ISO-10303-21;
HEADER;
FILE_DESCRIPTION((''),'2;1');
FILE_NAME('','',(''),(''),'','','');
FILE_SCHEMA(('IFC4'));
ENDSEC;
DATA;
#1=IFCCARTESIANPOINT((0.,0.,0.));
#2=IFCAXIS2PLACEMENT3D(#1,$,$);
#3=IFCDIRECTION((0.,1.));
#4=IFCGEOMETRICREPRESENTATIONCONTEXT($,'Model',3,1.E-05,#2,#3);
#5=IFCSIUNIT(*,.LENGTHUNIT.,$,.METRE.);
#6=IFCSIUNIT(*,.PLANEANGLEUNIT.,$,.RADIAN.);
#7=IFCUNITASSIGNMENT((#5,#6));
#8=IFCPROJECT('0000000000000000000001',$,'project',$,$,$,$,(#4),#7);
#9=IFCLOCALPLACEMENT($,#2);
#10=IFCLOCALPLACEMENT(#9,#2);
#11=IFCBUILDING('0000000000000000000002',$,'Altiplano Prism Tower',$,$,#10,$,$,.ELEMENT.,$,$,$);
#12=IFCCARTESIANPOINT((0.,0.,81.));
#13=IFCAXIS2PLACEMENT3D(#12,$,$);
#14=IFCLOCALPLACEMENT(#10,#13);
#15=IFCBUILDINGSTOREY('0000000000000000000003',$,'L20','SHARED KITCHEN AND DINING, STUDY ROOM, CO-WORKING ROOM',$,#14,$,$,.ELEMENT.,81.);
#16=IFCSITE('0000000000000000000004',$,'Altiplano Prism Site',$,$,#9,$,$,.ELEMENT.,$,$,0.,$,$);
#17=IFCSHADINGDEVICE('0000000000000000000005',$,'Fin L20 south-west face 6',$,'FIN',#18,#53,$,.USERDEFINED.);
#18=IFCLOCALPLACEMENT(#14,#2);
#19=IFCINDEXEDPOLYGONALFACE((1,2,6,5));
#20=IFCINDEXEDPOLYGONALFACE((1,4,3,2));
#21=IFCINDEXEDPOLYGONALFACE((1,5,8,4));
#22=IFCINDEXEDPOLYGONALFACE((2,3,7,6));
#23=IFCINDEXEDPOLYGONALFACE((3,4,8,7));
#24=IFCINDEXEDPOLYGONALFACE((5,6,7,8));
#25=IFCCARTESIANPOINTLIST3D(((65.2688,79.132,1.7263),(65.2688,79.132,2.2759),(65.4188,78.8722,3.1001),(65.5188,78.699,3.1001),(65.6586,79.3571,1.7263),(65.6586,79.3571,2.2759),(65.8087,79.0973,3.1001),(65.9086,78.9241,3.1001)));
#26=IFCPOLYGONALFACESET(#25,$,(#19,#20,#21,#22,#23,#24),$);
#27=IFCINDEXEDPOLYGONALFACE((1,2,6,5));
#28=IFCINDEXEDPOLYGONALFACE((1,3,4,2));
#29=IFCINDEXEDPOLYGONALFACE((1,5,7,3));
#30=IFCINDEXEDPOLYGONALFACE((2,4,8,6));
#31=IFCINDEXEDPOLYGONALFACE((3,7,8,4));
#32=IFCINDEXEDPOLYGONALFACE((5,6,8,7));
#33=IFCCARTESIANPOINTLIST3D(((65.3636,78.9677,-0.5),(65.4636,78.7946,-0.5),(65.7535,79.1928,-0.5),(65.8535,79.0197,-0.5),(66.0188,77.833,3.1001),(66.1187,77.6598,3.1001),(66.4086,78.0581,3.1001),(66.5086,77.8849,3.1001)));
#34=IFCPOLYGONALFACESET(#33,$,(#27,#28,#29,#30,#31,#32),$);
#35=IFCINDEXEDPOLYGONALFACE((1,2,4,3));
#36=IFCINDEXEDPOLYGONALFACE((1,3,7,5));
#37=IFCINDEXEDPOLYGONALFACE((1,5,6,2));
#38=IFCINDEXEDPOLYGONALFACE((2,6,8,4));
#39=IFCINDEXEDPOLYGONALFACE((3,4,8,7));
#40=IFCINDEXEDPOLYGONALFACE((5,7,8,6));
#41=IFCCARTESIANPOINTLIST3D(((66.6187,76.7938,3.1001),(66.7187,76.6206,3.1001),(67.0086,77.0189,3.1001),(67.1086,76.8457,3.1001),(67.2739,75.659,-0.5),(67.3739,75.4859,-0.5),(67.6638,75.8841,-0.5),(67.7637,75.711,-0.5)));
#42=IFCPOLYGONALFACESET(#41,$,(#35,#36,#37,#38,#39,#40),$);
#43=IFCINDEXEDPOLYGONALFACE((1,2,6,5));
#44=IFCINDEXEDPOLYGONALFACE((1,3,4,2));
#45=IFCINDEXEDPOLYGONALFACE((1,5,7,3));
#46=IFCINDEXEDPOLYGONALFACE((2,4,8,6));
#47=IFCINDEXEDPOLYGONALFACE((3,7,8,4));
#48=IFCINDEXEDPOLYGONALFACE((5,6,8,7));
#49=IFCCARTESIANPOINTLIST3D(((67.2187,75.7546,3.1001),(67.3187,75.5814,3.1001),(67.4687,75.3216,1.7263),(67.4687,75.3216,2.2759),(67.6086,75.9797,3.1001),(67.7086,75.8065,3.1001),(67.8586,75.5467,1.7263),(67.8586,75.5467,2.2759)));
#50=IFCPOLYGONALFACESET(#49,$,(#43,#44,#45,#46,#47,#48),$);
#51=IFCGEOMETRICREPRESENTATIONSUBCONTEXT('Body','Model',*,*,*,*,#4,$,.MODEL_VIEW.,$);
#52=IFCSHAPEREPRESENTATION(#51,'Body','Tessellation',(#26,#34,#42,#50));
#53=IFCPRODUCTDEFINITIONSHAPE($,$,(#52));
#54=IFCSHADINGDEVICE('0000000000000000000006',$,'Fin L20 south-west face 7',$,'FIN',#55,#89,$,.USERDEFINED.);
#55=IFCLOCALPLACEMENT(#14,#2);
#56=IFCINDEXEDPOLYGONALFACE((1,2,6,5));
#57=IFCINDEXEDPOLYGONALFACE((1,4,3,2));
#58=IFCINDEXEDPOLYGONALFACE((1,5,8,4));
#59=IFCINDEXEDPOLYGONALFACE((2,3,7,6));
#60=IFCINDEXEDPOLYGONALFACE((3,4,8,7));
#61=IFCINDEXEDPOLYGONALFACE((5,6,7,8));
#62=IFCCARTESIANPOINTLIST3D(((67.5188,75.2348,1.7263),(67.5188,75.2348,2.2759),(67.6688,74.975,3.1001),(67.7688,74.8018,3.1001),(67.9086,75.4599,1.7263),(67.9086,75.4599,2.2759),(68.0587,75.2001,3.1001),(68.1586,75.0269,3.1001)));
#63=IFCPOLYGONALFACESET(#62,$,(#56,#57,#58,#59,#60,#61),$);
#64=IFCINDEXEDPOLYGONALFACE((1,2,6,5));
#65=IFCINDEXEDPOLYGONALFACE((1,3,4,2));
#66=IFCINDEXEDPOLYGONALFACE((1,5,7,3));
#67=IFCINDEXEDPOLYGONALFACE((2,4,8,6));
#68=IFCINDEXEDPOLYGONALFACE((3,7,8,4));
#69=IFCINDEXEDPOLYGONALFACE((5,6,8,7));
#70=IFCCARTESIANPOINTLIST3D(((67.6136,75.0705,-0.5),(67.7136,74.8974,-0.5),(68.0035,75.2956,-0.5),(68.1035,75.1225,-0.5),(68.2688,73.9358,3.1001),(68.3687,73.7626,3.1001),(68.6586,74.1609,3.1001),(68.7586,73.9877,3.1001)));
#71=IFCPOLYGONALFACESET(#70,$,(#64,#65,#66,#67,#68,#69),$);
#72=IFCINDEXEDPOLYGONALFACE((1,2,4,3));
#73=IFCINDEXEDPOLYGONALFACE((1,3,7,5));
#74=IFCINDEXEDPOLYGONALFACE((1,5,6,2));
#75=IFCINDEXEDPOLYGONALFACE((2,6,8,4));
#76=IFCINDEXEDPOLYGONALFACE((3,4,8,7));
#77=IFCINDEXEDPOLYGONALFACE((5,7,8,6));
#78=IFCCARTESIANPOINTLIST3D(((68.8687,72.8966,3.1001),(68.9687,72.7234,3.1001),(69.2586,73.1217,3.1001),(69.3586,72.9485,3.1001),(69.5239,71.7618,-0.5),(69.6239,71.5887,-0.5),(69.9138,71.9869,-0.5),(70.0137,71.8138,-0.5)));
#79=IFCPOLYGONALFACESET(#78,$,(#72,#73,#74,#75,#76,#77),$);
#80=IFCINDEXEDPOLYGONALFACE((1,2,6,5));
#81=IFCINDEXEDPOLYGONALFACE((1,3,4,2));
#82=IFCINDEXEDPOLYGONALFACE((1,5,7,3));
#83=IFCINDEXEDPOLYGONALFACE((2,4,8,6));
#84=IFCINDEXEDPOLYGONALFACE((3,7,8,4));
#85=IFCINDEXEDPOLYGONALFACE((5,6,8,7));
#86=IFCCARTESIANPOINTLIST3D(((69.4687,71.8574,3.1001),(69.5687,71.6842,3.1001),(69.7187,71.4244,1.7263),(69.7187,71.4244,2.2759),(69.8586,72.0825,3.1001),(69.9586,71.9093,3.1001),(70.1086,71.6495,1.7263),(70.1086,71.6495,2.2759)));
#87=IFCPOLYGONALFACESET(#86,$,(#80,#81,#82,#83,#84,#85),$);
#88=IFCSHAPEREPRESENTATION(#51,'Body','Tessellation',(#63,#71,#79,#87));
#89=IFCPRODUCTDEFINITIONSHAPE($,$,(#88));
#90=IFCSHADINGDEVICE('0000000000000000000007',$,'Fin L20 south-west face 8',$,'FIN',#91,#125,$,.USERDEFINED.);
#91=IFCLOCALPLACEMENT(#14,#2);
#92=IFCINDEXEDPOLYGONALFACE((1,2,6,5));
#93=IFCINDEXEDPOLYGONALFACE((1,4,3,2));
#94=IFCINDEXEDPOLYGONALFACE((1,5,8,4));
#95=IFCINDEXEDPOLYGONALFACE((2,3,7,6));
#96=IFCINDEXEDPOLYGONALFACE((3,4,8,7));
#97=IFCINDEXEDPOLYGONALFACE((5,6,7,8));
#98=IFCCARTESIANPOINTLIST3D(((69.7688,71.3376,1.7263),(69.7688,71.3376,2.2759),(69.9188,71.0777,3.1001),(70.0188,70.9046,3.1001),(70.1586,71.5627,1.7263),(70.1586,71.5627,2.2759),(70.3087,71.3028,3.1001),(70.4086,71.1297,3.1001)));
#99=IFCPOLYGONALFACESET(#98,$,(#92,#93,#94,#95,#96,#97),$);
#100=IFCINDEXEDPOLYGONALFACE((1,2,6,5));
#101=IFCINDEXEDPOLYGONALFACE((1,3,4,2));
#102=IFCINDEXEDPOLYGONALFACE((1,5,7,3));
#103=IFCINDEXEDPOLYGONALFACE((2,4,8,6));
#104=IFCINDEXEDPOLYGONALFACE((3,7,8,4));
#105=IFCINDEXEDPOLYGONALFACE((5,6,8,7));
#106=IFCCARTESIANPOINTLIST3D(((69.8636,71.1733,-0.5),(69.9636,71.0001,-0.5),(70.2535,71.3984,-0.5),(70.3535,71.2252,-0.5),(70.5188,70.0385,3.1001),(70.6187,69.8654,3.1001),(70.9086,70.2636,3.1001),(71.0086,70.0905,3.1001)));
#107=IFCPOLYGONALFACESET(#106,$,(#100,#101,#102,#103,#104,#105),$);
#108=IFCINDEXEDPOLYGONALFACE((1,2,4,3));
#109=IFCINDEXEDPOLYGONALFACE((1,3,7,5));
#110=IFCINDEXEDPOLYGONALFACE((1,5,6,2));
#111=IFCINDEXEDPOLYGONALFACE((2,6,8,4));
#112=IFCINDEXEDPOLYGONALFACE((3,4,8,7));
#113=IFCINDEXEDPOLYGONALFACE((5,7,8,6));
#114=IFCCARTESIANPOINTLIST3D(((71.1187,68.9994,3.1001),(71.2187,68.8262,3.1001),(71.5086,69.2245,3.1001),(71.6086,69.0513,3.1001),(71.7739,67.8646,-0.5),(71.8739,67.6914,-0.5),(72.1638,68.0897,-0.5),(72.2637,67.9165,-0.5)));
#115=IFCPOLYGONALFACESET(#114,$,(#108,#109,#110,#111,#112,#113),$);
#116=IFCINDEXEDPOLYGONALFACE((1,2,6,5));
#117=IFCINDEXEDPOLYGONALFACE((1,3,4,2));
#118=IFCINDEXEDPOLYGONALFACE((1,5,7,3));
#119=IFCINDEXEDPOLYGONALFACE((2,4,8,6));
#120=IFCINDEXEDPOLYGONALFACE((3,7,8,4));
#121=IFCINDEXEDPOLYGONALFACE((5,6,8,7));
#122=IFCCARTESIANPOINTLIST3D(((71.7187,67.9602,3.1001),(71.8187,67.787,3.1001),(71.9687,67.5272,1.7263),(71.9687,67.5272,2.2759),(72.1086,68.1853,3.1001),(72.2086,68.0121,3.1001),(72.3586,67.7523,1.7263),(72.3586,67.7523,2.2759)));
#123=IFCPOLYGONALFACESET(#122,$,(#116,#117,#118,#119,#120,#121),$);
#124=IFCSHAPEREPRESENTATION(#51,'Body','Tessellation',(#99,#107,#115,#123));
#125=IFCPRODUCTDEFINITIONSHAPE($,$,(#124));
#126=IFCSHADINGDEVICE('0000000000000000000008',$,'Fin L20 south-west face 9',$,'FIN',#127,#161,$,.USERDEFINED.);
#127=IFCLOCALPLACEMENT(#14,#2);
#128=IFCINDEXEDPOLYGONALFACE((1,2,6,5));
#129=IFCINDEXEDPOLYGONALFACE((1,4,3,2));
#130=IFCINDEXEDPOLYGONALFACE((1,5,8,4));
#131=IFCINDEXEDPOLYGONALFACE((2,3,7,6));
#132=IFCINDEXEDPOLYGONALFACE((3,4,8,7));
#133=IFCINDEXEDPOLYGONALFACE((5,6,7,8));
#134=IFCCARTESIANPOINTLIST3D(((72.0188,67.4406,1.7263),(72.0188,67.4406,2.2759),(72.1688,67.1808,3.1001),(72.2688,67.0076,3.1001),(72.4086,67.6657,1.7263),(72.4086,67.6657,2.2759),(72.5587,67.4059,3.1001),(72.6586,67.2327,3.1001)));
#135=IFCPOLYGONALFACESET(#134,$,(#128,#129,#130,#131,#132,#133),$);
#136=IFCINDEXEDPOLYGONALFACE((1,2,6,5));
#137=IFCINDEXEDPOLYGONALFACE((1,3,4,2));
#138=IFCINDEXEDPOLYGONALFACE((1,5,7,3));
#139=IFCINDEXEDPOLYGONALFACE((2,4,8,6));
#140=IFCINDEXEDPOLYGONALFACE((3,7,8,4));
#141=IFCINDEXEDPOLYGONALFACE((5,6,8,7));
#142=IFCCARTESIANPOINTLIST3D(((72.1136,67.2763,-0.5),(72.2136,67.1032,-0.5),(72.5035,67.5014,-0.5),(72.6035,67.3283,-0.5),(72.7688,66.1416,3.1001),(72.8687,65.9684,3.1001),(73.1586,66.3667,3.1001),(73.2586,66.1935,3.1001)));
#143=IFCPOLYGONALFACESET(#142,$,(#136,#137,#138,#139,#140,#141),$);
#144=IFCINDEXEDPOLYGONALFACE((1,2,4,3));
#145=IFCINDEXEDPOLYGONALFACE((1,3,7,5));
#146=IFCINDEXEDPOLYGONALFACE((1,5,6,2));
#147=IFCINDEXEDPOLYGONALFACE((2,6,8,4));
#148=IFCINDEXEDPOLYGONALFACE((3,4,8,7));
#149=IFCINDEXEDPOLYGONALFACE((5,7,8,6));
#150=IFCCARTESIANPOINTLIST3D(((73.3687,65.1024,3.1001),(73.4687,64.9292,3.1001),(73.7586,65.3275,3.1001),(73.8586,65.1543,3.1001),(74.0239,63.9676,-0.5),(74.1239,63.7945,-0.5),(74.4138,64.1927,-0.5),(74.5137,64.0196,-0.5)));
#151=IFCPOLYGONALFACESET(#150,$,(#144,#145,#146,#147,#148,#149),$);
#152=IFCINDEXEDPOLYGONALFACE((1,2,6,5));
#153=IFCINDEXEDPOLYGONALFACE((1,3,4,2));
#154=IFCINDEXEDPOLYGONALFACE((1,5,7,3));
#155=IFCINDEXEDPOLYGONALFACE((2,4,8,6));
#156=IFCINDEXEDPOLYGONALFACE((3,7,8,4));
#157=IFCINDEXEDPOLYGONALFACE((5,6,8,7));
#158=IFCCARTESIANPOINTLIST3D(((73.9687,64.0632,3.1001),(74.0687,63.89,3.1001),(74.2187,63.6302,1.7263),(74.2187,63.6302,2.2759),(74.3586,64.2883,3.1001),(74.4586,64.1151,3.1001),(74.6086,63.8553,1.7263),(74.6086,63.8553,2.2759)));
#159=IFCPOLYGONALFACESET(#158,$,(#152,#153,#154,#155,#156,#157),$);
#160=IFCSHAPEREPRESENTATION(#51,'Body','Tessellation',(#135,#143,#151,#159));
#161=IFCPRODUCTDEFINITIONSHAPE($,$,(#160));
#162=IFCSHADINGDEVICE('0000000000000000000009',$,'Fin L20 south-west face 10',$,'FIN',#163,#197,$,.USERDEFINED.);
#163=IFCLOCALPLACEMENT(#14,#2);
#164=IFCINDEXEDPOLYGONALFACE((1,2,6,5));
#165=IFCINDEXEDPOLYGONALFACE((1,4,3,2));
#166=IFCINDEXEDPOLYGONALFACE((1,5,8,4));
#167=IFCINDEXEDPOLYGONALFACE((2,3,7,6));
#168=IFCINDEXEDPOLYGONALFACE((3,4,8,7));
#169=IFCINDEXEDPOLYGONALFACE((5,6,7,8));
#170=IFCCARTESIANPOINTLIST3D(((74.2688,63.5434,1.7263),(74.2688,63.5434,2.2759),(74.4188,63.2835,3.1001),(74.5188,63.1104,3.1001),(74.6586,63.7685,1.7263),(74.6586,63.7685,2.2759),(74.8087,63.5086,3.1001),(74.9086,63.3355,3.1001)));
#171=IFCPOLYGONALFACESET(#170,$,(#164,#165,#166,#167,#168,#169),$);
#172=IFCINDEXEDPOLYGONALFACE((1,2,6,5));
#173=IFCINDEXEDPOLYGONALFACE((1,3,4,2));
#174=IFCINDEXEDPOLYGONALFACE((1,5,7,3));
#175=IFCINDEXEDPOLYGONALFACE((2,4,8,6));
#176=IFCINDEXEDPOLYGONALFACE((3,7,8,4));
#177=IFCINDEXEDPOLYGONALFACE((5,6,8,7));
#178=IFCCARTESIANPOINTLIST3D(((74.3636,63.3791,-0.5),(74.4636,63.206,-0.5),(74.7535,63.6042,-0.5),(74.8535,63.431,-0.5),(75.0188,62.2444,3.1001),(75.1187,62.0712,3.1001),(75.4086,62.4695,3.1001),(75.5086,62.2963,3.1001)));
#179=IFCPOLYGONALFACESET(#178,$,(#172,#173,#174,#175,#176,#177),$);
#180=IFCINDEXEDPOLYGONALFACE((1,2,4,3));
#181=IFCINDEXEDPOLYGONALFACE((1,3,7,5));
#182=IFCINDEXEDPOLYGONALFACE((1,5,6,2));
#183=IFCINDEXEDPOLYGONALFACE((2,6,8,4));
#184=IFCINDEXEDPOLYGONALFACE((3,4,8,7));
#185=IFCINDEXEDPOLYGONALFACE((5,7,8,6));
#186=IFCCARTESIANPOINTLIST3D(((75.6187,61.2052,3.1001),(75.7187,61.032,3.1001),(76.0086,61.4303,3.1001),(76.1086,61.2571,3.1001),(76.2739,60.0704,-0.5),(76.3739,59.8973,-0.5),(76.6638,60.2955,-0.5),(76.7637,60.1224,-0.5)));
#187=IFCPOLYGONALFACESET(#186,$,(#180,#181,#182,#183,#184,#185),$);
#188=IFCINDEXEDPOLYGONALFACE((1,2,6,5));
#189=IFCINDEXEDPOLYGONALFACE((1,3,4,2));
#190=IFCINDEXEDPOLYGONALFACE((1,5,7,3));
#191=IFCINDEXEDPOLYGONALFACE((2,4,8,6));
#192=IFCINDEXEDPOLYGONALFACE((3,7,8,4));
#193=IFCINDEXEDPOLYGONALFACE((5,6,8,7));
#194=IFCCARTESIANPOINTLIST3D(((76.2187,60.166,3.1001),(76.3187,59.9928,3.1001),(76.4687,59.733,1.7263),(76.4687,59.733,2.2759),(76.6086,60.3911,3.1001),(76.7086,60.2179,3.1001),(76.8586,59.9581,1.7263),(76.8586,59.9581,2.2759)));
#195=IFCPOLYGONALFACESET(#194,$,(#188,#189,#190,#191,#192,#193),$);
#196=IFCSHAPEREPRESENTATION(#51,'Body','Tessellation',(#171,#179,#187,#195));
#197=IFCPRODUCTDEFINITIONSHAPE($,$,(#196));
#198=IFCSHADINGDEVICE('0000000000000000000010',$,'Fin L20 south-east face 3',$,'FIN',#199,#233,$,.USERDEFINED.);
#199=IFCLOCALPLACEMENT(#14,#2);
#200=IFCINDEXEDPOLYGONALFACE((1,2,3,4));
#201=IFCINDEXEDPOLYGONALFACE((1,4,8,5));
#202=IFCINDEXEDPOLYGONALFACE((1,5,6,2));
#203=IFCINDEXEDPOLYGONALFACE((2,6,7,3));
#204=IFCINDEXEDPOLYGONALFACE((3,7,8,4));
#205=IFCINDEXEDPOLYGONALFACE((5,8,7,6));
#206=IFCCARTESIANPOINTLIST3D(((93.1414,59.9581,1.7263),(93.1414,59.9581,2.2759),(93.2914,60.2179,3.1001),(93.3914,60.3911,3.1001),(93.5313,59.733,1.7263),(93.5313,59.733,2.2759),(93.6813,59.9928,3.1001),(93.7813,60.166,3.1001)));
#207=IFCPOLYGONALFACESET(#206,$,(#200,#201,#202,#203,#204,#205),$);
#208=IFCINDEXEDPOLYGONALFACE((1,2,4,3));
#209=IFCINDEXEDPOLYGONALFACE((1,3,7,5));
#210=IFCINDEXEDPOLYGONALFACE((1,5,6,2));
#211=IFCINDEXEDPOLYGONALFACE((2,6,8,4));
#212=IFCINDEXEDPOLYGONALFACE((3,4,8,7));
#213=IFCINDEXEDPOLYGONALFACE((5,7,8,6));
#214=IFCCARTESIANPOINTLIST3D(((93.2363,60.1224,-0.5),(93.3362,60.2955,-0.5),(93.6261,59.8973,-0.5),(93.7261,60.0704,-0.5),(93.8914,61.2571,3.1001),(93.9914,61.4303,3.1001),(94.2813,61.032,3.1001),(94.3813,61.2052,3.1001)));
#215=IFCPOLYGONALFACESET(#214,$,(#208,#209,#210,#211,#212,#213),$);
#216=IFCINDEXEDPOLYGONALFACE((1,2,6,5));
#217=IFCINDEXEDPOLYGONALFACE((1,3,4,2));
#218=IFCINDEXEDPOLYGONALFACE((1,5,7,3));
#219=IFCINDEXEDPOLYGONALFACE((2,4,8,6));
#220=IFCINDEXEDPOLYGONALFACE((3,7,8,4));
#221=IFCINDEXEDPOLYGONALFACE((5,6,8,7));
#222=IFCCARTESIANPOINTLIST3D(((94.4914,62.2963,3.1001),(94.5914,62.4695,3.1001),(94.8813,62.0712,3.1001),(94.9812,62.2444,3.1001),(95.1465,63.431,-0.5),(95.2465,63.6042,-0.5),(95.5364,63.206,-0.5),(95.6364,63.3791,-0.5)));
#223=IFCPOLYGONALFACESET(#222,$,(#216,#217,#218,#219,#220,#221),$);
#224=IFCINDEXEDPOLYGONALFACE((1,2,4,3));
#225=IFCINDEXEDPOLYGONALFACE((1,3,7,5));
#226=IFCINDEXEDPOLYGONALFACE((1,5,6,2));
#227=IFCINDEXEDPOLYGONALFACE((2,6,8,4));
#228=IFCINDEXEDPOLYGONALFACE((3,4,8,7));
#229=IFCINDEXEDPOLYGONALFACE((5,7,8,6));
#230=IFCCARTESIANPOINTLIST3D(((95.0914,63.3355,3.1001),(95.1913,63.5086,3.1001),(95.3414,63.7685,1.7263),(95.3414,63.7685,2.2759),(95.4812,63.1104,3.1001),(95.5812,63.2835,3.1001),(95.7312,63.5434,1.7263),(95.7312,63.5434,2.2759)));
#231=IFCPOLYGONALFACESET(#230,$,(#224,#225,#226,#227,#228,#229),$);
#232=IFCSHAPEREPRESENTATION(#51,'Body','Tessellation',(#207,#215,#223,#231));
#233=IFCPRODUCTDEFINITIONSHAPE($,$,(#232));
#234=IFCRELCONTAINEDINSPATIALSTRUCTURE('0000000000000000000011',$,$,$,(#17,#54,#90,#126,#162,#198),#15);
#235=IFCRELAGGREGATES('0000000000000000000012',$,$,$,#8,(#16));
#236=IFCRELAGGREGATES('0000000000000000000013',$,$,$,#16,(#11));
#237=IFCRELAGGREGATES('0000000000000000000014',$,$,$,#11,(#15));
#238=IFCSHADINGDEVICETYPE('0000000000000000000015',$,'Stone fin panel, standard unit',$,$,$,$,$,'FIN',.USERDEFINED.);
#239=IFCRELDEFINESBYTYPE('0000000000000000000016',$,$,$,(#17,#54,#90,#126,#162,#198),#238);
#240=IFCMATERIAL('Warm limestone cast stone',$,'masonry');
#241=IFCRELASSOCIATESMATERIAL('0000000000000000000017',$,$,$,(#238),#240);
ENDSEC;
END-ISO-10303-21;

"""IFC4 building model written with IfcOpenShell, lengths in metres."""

from ifc_helpers import new_model, si_unit, direction, frame, origin, place, context, subcontext, project, spatial, polyline, outline, extrude, source, transform, mapped, material, type_object, element, save


model = new_model("IFC4")

# Units and contexts
model_context = context("Model", 3, precision=1e-05, world=origin(), true_north=direction((0.0, 1.0)))
body_context = subcontext(model_context, "Body", "Model", "MODEL_VIEW")
ifc_project = project(units=[si_unit("LENGTHUNIT", "METRE"), si_unit("PLANEANGLEUNIT", "RADIAN")], contexts=[model_context])

# Site, building, storey
site_placement = place(None, origin())
site = spatial("IfcSite", under=ifc_project, at=site_placement, Name="Altiplano Prism Site", CompositionType="ELEMENT", RefElevation=0.0)
building_placement = place(site_placement, origin())
building = spatial("IfcBuilding", under=site, at=building_placement, Name="Altiplano Prism Tower", CompositionType="ELEMENT")
storey_placement = place(building_placement, frame((0.0, 0.0, 81.0)))
storey = spatial("IfcBuildingStorey", under=building, at=storey_placement, Name="L20", Description="SHARED KITCHEN AND DINING, STUDY ROOM, CO-WORKING ROOM", CompositionType="ELEMENT", Elevation=81.0)

# Shading devices
ifc_material_1 = material(Name="Warm limestone cast stone", Category="masonry")
shading_device_type_1 = type_object("IfcShadingDeviceType", Name="Stone fin panel, standard unit", ElementType="FIN", PredefinedType="USERDEFINED", material=ifc_material_1)
shared_shape_1 = source(origin(), body_context, "Body", "SweptSolid", [
    extrude(outline(polyline([(-2.2, 2.2263), (-1.7, 3.6001), (-1.8999, 3.6001), (-2.2, 2.7759), (-2.2, 2.2263)])), frame((0.0, -0.1499, 0.0), z_axis=(0.0, -1.0, 0.0), x_axis=(1.0, 0.0, 0.0)), (0.0, 0.0, 1.0), 0.4502),
    extrude(outline(polyline([(-2.0103, 0.0), (-1.8103, 0.0), (-0.5, 3.6001), (-0.7, 3.6001), (-2.0103, 0.0)])), frame((0.0, -0.1499, 0.0), z_axis=(0.0, -1.0, 0.0), x_axis=(1.0, 0.0, 0.0)), (0.0, 0.0, 1.0), 0.4502),
    extrude(outline(polyline([(1.8103, 0.0), (2.0103, 0.0), (0.7, 3.6001), (0.5, 3.6001), (1.8103, 0.0)])), frame((0.0, -0.1499, 0.0), z_axis=(0.0, -1.0, 0.0), x_axis=(1.0, 0.0, 0.0)), (0.0, 0.0, 1.0), 0.4502),
    extrude(outline(polyline([(2.2, 2.7759), (1.8999, 3.6001), (1.7, 3.6001), (2.2, 2.2263), (2.2, 2.7759)])), frame((0.0, -0.1499, 0.0), z_axis=(0.0, -1.0, 0.0), x_axis=(1.0, 0.0, 0.0)), (0.0, 0.0, 1.0), 0.4502),
])
shading_device_1_placement = place(storey_placement, origin())
element("IfcShadingDevice", 1, at=shading_device_1_placement, inside=storey, type_object=shading_device_type_1, Name="Fin L20 south-west face 6", ObjectType="FIN", PredefinedType="USERDEFINED", context=body_context, shape_type="MappedRepresentation", body=[
    mapped(shared_shape_1, transform((66.8884, 77.5269, -0.5), x_axis=(0.5, -0.866025, 0.0), y_axis=(0.866025, 0.5, 0.0), z_axis=(0.0, 0.0, 1.0))),
])
shading_device_2_placement = place(storey_placement, origin())
element("IfcShadingDevice", 2, at=shading_device_2_placement, inside=storey, type_object=shading_device_type_1, Name="Fin L20 south-west face 7", ObjectType="FIN", PredefinedType="USERDEFINED", context=body_context, shape_type="MappedRepresentation", body=[
    mapped(shared_shape_1, transform((69.1384, 73.6296, -0.5), x_axis=(0.5, -0.866025, 0.0), y_axis=(0.866025, 0.5, 0.0), z_axis=(0.0, 0.0, 1.0))),
])
shading_device_3_placement = place(storey_placement, origin())
element("IfcShadingDevice", 3, at=shading_device_3_placement, inside=storey, type_object=shading_device_type_1, Name="Fin L20 south-west face 8", ObjectType="FIN", PredefinedType="USERDEFINED", context=body_context, shape_type="MappedRepresentation", body=[
    mapped(shared_shape_1, transform((71.3884, 69.7324, -0.5), x_axis=(0.5, -0.866025, 0.0), y_axis=(0.866025, 0.5, 0.0), z_axis=(0.0, 0.0, 1.0))),
])
shading_device_4_placement = place(storey_placement, origin())
element("IfcShadingDevice", 4, at=shading_device_4_placement, inside=storey, type_object=shading_device_type_1, Name="Fin L20 south-west face 9", ObjectType="FIN", PredefinedType="USERDEFINED", context=body_context, shape_type="MappedRepresentation", body=[
    mapped(shared_shape_1, transform((73.6384, 65.8354, -0.5), x_axis=(0.5, -0.866025, 0.0), y_axis=(0.866025, 0.5, 0.0), z_axis=(0.0, 0.0, 1.0))),
])
shading_device_5_placement = place(storey_placement, origin())
element("IfcShadingDevice", 5, at=shading_device_5_placement, inside=storey, type_object=shading_device_type_1, Name="Fin L20 south-west face 10", ObjectType="FIN", PredefinedType="USERDEFINED", context=body_context, shape_type="MappedRepresentation", body=[
    mapped(shared_shape_1, transform((75.8884, 61.9382, -0.5), x_axis=(0.5, -0.866025, 0.0), y_axis=(0.866025, 0.5, 0.0), z_axis=(0.0, 0.0, 1.0))),
])
shading_device_6_placement = place(storey_placement, origin())
element("IfcShadingDevice", 6, at=shading_device_6_placement, inside=storey, type_object=shading_device_type_1, Name="Fin L20 south-east face 3", ObjectType="FIN", PredefinedType="USERDEFINED", context=body_context, shape_type="MappedRepresentation", body=[
    mapped(shared_shape_1, transform((94.1116, 61.9382, -0.5), x_axis=(0.5, 0.866025, 0.0), y_axis=(-0.866025, 0.5, 0.0), z_axis=(0.0, 0.0, 1.0))),
])

save(model, "model.ifc")
